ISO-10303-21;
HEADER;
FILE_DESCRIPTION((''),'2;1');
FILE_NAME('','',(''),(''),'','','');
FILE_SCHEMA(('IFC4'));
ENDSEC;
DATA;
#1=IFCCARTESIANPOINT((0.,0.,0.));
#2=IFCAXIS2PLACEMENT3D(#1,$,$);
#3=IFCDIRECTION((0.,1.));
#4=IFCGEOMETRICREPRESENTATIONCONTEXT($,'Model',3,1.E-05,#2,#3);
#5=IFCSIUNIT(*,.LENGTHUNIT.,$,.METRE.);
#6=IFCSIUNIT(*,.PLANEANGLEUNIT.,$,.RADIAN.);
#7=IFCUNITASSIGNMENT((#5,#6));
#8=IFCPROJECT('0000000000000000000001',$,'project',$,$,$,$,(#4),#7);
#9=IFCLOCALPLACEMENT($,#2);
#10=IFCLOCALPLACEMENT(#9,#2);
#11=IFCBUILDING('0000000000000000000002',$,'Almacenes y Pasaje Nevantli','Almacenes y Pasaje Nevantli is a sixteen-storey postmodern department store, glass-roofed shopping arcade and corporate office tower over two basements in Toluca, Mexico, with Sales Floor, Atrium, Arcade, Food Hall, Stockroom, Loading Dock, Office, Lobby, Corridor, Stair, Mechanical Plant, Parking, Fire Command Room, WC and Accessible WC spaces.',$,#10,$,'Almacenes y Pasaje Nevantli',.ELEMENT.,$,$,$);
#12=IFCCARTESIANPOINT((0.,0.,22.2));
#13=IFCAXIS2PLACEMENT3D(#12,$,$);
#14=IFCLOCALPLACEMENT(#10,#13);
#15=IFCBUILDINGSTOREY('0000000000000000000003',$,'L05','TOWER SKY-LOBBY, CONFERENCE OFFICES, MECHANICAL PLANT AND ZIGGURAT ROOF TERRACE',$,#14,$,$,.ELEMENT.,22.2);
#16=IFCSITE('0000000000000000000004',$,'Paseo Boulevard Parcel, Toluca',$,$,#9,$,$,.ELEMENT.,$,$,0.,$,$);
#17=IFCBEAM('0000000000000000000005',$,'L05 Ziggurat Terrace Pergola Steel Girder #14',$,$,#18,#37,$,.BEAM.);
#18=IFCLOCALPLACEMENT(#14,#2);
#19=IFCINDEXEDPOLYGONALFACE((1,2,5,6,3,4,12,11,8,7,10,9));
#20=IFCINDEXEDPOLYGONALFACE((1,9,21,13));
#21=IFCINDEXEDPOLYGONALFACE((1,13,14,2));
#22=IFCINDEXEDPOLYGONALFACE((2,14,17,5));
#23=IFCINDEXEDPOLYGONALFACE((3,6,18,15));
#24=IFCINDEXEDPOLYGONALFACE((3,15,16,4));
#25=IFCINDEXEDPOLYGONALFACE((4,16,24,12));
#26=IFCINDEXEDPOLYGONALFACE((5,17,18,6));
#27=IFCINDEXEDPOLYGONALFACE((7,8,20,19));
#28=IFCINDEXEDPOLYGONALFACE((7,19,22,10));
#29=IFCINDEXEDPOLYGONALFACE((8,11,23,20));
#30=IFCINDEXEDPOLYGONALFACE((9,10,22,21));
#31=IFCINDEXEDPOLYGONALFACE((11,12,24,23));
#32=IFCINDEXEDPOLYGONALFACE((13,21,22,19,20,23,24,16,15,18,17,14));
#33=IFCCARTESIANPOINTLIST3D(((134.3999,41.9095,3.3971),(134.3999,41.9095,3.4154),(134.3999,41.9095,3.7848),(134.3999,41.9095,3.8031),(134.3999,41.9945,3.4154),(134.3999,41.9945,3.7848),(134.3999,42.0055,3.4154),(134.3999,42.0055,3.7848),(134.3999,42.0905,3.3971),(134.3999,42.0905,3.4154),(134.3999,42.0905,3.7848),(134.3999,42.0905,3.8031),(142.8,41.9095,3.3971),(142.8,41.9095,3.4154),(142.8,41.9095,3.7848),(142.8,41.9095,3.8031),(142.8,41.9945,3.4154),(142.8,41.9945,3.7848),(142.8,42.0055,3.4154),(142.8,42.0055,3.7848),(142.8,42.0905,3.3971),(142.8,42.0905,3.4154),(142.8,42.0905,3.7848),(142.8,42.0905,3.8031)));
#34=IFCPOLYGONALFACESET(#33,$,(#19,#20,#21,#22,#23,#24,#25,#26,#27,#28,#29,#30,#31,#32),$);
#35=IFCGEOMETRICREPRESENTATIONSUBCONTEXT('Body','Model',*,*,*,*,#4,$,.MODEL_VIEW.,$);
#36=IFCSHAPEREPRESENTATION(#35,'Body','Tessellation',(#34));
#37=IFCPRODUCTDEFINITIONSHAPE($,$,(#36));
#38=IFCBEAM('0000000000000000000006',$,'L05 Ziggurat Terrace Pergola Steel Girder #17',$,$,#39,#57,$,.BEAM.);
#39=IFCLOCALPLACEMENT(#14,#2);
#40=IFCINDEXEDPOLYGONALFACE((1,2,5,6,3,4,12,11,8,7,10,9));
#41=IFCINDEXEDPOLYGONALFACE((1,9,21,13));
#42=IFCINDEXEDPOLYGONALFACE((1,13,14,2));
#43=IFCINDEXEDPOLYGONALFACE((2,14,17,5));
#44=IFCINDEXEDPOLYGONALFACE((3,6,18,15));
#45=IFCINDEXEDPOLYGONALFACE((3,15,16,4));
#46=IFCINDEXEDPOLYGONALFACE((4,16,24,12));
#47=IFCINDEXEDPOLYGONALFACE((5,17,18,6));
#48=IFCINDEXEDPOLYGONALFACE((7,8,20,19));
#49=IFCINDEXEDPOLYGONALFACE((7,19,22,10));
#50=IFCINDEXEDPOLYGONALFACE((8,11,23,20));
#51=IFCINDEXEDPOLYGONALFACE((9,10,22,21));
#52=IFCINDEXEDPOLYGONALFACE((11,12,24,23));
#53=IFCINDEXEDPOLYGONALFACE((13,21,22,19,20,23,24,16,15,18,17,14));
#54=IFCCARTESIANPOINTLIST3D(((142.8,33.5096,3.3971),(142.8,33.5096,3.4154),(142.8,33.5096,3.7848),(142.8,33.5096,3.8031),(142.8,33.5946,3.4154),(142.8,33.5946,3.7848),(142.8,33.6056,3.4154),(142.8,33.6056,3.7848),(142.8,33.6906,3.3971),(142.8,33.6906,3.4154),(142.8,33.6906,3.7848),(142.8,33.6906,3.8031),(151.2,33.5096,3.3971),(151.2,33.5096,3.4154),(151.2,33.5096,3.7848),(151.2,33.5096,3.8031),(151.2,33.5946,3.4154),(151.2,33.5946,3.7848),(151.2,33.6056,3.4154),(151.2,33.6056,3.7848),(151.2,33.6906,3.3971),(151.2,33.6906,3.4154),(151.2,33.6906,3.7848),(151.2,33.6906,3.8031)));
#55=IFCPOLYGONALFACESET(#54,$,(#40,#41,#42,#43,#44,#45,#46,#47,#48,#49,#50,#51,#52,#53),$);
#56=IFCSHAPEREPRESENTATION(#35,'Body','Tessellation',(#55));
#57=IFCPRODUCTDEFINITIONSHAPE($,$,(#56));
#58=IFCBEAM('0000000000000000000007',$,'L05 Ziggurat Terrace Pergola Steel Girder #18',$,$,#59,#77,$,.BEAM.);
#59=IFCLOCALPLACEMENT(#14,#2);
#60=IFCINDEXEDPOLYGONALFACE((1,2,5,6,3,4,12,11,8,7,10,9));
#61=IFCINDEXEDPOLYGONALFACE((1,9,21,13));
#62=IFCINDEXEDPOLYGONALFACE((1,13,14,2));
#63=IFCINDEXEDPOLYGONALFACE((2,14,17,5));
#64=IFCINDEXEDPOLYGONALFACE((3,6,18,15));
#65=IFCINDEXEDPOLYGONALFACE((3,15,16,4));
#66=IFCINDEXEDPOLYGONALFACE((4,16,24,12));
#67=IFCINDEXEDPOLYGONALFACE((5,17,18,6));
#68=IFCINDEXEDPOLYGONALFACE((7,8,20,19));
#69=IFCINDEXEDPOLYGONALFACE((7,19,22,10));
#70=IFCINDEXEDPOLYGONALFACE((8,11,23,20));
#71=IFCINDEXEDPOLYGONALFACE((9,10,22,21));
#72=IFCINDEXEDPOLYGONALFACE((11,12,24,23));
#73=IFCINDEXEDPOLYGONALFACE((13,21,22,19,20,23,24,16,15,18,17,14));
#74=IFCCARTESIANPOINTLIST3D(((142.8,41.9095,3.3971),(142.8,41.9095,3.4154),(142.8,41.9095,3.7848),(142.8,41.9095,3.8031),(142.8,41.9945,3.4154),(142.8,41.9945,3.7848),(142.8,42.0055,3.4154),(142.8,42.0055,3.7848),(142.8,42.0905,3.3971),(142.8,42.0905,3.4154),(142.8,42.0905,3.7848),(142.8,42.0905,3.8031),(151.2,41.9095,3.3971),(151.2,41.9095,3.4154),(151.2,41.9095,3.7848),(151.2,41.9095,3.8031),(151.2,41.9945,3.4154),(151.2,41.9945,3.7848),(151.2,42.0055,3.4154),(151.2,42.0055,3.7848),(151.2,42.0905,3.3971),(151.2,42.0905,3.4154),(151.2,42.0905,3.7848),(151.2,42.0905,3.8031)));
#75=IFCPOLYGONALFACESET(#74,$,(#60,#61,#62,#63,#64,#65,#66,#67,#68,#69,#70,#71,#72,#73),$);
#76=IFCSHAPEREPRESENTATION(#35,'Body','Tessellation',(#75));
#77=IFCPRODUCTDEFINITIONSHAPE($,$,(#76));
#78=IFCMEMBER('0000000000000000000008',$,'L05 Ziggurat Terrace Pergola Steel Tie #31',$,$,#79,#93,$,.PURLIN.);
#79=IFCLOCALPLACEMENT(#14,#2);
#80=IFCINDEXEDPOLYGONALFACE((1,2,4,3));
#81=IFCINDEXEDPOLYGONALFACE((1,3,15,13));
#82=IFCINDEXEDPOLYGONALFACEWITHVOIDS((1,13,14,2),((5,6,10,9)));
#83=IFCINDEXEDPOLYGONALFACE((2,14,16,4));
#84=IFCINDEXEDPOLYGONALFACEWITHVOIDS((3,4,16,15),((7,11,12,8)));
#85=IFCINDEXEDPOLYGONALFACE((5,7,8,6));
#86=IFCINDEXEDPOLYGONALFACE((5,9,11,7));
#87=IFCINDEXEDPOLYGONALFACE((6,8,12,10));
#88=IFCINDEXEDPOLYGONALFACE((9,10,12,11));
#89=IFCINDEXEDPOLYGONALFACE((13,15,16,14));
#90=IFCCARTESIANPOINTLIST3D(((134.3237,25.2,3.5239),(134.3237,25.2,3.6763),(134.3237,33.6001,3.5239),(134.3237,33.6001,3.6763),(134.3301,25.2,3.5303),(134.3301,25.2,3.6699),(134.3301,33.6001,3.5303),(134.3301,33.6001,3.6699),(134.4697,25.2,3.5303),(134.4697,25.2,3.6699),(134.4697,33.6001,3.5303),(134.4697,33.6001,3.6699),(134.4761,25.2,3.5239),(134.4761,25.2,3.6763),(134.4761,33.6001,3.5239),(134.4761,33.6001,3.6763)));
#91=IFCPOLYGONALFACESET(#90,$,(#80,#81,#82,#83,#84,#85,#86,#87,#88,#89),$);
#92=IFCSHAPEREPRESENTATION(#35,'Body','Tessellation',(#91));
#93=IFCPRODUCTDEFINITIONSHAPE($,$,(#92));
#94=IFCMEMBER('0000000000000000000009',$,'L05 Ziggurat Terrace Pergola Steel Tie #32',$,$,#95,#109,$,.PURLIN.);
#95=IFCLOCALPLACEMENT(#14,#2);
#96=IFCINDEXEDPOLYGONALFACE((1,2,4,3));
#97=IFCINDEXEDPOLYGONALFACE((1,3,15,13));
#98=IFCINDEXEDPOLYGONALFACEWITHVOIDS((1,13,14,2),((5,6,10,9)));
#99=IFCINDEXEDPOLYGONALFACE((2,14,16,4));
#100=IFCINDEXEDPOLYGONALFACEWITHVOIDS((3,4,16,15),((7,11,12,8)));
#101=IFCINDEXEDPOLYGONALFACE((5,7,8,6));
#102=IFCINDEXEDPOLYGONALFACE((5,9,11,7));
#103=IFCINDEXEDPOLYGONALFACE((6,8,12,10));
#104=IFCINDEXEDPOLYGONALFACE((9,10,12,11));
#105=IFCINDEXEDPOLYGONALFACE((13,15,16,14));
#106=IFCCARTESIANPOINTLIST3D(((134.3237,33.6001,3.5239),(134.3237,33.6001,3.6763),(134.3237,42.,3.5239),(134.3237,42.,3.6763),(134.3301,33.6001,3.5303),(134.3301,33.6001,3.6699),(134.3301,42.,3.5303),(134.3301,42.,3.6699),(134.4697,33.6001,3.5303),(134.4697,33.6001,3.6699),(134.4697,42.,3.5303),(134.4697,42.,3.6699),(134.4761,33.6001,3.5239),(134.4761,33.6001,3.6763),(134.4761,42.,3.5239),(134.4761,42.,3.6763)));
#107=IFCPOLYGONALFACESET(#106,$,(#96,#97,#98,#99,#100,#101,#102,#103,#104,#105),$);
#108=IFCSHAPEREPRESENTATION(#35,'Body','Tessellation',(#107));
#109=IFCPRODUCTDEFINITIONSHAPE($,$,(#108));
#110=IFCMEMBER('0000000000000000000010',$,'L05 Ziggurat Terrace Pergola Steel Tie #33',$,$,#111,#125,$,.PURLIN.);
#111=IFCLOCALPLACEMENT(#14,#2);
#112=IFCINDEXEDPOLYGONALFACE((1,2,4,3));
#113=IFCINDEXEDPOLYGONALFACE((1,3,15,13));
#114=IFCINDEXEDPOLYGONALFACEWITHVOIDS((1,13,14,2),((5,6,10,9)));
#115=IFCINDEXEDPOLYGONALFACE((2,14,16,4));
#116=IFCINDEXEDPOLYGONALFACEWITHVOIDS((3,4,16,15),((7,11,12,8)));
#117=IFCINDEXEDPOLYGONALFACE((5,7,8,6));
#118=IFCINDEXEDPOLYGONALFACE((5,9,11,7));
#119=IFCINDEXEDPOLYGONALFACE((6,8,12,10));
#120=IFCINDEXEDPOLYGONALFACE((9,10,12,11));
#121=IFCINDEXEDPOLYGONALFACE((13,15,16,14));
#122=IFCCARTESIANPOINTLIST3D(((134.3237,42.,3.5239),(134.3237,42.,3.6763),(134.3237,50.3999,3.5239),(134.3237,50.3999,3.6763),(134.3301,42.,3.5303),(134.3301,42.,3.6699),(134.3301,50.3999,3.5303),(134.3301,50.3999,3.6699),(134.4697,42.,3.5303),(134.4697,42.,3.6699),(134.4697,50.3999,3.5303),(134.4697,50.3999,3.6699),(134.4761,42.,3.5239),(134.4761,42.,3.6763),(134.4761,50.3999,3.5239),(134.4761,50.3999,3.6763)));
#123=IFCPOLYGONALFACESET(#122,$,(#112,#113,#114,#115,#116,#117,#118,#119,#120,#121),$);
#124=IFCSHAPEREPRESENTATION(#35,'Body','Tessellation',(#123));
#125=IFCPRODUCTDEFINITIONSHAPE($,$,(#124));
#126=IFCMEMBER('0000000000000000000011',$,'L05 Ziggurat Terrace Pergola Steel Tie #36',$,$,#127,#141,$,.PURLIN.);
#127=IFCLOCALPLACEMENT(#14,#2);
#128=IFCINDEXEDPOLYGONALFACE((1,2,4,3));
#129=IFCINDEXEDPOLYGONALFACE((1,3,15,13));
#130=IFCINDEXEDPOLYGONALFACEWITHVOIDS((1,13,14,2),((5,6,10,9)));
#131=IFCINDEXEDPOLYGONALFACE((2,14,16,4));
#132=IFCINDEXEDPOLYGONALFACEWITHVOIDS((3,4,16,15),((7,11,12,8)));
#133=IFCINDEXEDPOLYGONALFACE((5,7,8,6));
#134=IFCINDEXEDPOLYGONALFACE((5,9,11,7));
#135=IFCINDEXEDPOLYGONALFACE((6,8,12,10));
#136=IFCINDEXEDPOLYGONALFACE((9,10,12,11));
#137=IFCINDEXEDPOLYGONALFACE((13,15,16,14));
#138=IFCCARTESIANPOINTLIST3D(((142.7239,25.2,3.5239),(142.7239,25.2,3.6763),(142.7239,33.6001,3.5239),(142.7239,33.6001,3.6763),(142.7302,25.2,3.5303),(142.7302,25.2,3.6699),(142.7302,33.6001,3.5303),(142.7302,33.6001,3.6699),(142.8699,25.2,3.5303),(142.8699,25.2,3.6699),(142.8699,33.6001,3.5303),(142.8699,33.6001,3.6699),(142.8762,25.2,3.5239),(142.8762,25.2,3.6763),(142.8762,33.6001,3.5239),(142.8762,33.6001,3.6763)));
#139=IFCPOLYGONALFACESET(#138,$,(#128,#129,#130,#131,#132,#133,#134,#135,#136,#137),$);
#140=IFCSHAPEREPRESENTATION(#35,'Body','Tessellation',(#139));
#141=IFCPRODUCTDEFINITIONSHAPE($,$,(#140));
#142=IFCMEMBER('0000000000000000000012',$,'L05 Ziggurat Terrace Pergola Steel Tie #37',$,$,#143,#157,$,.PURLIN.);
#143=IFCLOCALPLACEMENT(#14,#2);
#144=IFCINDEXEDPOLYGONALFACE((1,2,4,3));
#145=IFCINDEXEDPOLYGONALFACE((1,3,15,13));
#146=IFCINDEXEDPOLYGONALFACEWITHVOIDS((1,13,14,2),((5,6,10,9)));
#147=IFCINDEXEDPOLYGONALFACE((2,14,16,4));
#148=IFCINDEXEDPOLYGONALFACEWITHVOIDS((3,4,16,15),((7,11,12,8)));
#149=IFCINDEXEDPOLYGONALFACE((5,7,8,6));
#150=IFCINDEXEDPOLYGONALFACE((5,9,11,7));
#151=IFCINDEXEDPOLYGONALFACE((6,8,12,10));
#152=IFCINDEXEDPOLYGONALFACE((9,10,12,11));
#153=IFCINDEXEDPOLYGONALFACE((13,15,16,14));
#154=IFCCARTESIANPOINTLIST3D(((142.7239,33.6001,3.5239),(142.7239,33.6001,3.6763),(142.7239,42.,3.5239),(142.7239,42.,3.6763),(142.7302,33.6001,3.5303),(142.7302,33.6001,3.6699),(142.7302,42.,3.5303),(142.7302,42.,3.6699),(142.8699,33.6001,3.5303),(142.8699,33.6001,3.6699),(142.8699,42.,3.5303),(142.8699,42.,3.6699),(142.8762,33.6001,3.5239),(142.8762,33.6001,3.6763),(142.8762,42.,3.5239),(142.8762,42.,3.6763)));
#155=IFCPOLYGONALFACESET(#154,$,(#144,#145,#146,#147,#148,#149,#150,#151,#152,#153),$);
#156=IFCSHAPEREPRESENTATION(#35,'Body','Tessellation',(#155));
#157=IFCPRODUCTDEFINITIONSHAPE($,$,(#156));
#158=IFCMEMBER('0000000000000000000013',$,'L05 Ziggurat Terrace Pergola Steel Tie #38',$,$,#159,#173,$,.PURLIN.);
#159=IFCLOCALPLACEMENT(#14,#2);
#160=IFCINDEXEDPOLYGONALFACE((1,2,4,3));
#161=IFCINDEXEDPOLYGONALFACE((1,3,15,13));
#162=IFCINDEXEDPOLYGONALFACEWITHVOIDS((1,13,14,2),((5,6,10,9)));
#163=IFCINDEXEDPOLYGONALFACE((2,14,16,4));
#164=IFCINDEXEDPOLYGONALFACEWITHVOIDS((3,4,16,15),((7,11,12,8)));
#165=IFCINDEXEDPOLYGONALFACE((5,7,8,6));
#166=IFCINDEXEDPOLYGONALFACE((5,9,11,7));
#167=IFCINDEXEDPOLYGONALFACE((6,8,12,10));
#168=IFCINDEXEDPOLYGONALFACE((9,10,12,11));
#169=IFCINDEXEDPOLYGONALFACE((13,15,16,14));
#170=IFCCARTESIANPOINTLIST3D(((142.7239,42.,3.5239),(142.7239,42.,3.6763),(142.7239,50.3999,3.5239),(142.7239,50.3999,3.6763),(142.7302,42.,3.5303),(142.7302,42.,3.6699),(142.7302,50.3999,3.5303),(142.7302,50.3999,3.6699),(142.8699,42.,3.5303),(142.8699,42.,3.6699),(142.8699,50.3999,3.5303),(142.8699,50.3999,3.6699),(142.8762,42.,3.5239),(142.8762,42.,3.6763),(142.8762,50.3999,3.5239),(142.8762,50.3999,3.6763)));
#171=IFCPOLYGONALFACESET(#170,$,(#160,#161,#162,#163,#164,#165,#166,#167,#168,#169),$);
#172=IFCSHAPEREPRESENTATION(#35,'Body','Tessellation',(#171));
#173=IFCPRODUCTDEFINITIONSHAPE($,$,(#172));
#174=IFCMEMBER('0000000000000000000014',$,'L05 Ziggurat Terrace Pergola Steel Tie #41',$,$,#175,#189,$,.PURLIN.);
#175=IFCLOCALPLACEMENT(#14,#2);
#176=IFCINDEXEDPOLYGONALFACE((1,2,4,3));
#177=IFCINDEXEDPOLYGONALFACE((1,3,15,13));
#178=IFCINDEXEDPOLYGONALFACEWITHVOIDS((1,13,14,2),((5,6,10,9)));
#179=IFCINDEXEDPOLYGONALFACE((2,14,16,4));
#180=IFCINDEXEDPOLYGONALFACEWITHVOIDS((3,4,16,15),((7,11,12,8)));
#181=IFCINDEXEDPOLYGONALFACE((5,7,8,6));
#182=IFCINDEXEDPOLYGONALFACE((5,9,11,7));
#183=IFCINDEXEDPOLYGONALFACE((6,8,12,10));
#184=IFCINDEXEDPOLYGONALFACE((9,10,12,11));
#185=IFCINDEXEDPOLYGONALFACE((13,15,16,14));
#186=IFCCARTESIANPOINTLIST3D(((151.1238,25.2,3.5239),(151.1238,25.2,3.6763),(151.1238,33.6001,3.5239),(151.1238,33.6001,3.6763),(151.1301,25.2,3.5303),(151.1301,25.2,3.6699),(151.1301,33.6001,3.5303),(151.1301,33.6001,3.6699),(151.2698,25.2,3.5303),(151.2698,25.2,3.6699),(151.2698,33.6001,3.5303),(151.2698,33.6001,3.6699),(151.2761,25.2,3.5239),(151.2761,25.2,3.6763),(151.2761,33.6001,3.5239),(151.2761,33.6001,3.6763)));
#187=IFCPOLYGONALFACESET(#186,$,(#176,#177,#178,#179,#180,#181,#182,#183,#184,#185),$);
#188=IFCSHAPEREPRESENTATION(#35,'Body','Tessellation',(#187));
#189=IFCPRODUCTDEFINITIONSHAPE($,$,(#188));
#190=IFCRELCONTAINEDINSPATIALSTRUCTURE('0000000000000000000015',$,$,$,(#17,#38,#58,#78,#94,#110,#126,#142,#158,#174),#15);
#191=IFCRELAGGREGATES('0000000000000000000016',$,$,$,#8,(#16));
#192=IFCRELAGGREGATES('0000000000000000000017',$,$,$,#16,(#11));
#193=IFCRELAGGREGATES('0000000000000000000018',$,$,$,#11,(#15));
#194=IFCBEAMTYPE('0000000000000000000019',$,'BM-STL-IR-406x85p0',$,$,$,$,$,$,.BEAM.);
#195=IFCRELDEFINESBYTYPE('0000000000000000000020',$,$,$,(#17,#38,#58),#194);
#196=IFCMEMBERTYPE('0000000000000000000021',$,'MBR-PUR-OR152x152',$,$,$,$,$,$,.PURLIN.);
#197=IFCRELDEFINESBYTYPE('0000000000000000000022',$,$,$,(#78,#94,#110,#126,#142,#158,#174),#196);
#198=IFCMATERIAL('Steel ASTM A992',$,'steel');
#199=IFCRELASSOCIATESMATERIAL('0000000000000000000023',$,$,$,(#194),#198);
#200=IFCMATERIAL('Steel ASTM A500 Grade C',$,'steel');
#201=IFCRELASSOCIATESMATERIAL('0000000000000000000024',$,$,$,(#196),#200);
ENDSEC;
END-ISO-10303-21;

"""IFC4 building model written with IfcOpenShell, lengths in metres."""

from ifc_helpers import new_model, si_unit, direction, frame, origin, origin_2d, place, context, subcontext, project, spatial, hollow_rectangle, i_section, extrude, material, material_profile, profile_set, type_object, element, save


model = new_model("IFC4")

# Units and contexts
model_context = context("Model", 3, precision=1e-05, world=origin(), true_north=direction((0.0, 1.0)))
body_context = subcontext(model_context, "Body", "Model", "MODEL_VIEW")
ifc_project = project(units=[si_unit("LENGTHUNIT", "METRE"), si_unit("PLANEANGLEUNIT", "RADIAN")], contexts=[model_context])

# Site, building, storey
site_placement = place(None, origin())
site = spatial("IfcSite", under=ifc_project, at=site_placement, Name="Paseo Boulevard Parcel, Toluca", CompositionType="ELEMENT", RefElevation=0.0)
building_placement = place(site_placement, origin())
building = spatial("IfcBuilding", under=site, at=building_placement, Name="Almacenes y Pasaje Nevantli", Description="Almacenes y Pasaje Nevantli is a sixteen-storey postmodern department store, glass-roofed shopping arcade and corporate office tower over two basements in Toluca, Mexico, with Sales Floor, Atrium, Arcade, Food Hall, Stockroom, Loading Dock, Office, Lobby, Corridor, Stair, Mechanical Plant, Parking, Fire Command Room, WC and Accessible WC spaces.", LongName="Almacenes y Pasaje Nevantli", CompositionType="ELEMENT")
storey_placement = place(building_placement, frame((0.0, 0.0, 22.2)))
storey = spatial("IfcBuildingStorey", under=building, at=storey_placement, Name="L05", Description="TOWER SKY-LOBBY, CONFERENCE OFFICES, MECHANICAL PLANT AND ZIGGURAT ROOF TERRACE", CompositionType="ELEMENT", Elevation=22.2)

# Beams
ifc_material_1 = material(Name="Steel ASTM A992", Category="steel")
ifc_material_profile_1 = material_profile(ifc_material_1, i_section(OverallWidth=0.1809, OverallDepth=0.406, WebThickness=0.011, FlangeThickness=0.0183, at=origin_2d()), Name="IR 406x85.0")
ifc_profile_set_1 = profile_set([ifc_material_profile_1], Name="Steel ASTM A992")
beam_type_1 = type_object("IfcBeamType", Name="BM-STL-IR-406x85p0", PredefinedType="BEAM", material=ifc_profile_set_1)
for number, where, z_axis, x_axis, name in (
    (1, (134.3999, 42.0, 3.6001), (1.0, 0.0, 0.0), (0.0, 1.0, 0.0), "L05 Ziggurat Terrace Pergola Steel Girder #14"),
):
    element("IfcBeam", number, at=place(storey_placement, frame(where, z_axis=z_axis, x_axis=x_axis)), inside=storey, type_object=beam_type_1, Name=name, PredefinedType="BEAM", context=body_context, shape_type="SweptSolid", body=[
        extrude(i_section(OverallWidth=0.1809, OverallDepth=0.406, WebThickness=0.011, FlangeThickness=0.0183, at=origin_2d()), origin(), (0.0, 0.0, 1.0), 8.4001),
    ])
for number, where, z_axis, x_axis, name in (
    (2, (142.8, 33.6001, 3.6001), (1.0, 0.0, 0.0), (0.0, 1.0, 0.0), "L05 Ziggurat Terrace Pergola Steel Girder #17"),
    (3, (142.8, 42.0, 3.6001), (1.0, 0.0, 0.0), (0.0, 1.0, 0.0), "L05 Ziggurat Terrace Pergola Steel Girder #18"),
):
    element("IfcBeam", number, at=place(storey_placement, frame(where, z_axis=z_axis, x_axis=x_axis)), inside=storey, type_object=beam_type_1, Name=name, PredefinedType="BEAM", context=body_context, shape_type="SweptSolid", body=[
        extrude(i_section(OverallWidth=0.1809, OverallDepth=0.406, WebThickness=0.011, FlangeThickness=0.0183, at=origin_2d()), origin(), (0.0, 0.0, 1.0), 8.3999),
    ])

# Members
ifc_material_2 = material(Name="Steel ASTM A500 Grade C", Category="steel")
ifc_material_profile_2 = material_profile(ifc_material_2, hollow_rectangle(XDim=0.1523, YDim=0.1523, WallThickness=0.0063, at=origin_2d()), Name="OR 152x152x6.4")
ifc_profile_set_2 = profile_set([ifc_material_profile_2], Name="Steel ASTM A500 Grade C")
member_type = type_object("IfcMemberType", Name="MBR-PUR-OR152x152", PredefinedType="PURLIN", material=ifc_profile_set_2)
member_1_placement = place(storey_placement, frame((134.3999, 25.2, 3.6001), z_axis=(0.0, 1.0, 0.0), x_axis=(-1.0, 0.0, 0.0)))
element("IfcMember", 4, at=member_1_placement, inside=storey, type_object=member_type, Name="L05 Ziggurat Terrace Pergola Steel Tie #31", PredefinedType="PURLIN", context=body_context, shape_type="SweptSolid", body=[
    extrude(hollow_rectangle(XDim=0.1523, YDim=0.1523, WallThickness=0.0063, at=origin_2d()), origin(), (0.0, 0.0, 1.0), 8.4001),
])
for number, where, z_axis, x_axis, name in (
    (5, (134.3999, 33.6001, 3.6001), (0.0, 1.0, 0.0), (-1.0, 0.0, 0.0), "L05 Ziggurat Terrace Pergola Steel Tie #32"),
    (6, (134.3999, 42.0, 3.6001), (0.0, 1.0, 0.0), (-1.0, 0.0, 0.0), "L05 Ziggurat Terrace Pergola Steel Tie #33"),
):
    element("IfcMember", number, at=place(storey_placement, frame(where, z_axis=z_axis, x_axis=x_axis)), inside=storey, type_object=member_type, Name=name, PredefinedType="PURLIN", context=body_context, shape_type="SweptSolid", body=[
        extrude(hollow_rectangle(XDim=0.1523, YDim=0.1523, WallThickness=0.0063, at=origin_2d()), origin(), (0.0, 0.0, 1.0), 8.3999),
    ])
member_2_placement = place(storey_placement, frame((142.8, 25.2, 3.6001), z_axis=(0.0, 1.0, 0.0), x_axis=(-1.0, 0.0, 0.0)))
element("IfcMember", 7, at=member_2_placement, inside=storey, type_object=member_type, Name="L05 Ziggurat Terrace Pergola Steel Tie #36", PredefinedType="PURLIN", context=body_context, shape_type="SweptSolid", body=[
    extrude(hollow_rectangle(XDim=0.1523, YDim=0.1523, WallThickness=0.0063, at=origin_2d()), origin(), (0.0, 0.0, 1.0), 8.4001),
])
for number, where, z_axis, x_axis, name in (
    (8, (142.8, 33.6001, 3.6001), (0.0, 1.0, 0.0), (-1.0, 0.0, 0.0), "L05 Ziggurat Terrace Pergola Steel Tie #37"),
    (9, (142.8, 42.0, 3.6001), (0.0, 1.0, 0.0), (-1.0, 0.0, 0.0), "L05 Ziggurat Terrace Pergola Steel Tie #38"),
):
    element("IfcMember", number, at=place(storey_placement, frame(where, z_axis=z_axis, x_axis=x_axis)), inside=storey, type_object=member_type, Name=name, PredefinedType="PURLIN", context=body_context, shape_type="SweptSolid", body=[
        extrude(hollow_rectangle(XDim=0.1523, YDim=0.1523, WallThickness=0.0063, at=origin_2d()), origin(), (0.0, 0.0, 1.0), 8.3999),
    ])
member_3_placement = place(storey_placement, frame((151.2, 25.2, 3.6001), z_axis=(0.0, 1.0, 0.0), x_axis=(-1.0, 0.0, 0.0)))
element("IfcMember", 10, at=member_3_placement, inside=storey, type_object=member_type, Name="L05 Ziggurat Terrace Pergola Steel Tie #41", PredefinedType="PURLIN", context=body_context, shape_type="SweptSolid", body=[
    extrude(hollow_rectangle(XDim=0.1523, YDim=0.1523, WallThickness=0.0063, at=origin_2d()), origin(), (0.0, 0.0, 1.0), 8.4001),
])

save(model, "model.ifc")
